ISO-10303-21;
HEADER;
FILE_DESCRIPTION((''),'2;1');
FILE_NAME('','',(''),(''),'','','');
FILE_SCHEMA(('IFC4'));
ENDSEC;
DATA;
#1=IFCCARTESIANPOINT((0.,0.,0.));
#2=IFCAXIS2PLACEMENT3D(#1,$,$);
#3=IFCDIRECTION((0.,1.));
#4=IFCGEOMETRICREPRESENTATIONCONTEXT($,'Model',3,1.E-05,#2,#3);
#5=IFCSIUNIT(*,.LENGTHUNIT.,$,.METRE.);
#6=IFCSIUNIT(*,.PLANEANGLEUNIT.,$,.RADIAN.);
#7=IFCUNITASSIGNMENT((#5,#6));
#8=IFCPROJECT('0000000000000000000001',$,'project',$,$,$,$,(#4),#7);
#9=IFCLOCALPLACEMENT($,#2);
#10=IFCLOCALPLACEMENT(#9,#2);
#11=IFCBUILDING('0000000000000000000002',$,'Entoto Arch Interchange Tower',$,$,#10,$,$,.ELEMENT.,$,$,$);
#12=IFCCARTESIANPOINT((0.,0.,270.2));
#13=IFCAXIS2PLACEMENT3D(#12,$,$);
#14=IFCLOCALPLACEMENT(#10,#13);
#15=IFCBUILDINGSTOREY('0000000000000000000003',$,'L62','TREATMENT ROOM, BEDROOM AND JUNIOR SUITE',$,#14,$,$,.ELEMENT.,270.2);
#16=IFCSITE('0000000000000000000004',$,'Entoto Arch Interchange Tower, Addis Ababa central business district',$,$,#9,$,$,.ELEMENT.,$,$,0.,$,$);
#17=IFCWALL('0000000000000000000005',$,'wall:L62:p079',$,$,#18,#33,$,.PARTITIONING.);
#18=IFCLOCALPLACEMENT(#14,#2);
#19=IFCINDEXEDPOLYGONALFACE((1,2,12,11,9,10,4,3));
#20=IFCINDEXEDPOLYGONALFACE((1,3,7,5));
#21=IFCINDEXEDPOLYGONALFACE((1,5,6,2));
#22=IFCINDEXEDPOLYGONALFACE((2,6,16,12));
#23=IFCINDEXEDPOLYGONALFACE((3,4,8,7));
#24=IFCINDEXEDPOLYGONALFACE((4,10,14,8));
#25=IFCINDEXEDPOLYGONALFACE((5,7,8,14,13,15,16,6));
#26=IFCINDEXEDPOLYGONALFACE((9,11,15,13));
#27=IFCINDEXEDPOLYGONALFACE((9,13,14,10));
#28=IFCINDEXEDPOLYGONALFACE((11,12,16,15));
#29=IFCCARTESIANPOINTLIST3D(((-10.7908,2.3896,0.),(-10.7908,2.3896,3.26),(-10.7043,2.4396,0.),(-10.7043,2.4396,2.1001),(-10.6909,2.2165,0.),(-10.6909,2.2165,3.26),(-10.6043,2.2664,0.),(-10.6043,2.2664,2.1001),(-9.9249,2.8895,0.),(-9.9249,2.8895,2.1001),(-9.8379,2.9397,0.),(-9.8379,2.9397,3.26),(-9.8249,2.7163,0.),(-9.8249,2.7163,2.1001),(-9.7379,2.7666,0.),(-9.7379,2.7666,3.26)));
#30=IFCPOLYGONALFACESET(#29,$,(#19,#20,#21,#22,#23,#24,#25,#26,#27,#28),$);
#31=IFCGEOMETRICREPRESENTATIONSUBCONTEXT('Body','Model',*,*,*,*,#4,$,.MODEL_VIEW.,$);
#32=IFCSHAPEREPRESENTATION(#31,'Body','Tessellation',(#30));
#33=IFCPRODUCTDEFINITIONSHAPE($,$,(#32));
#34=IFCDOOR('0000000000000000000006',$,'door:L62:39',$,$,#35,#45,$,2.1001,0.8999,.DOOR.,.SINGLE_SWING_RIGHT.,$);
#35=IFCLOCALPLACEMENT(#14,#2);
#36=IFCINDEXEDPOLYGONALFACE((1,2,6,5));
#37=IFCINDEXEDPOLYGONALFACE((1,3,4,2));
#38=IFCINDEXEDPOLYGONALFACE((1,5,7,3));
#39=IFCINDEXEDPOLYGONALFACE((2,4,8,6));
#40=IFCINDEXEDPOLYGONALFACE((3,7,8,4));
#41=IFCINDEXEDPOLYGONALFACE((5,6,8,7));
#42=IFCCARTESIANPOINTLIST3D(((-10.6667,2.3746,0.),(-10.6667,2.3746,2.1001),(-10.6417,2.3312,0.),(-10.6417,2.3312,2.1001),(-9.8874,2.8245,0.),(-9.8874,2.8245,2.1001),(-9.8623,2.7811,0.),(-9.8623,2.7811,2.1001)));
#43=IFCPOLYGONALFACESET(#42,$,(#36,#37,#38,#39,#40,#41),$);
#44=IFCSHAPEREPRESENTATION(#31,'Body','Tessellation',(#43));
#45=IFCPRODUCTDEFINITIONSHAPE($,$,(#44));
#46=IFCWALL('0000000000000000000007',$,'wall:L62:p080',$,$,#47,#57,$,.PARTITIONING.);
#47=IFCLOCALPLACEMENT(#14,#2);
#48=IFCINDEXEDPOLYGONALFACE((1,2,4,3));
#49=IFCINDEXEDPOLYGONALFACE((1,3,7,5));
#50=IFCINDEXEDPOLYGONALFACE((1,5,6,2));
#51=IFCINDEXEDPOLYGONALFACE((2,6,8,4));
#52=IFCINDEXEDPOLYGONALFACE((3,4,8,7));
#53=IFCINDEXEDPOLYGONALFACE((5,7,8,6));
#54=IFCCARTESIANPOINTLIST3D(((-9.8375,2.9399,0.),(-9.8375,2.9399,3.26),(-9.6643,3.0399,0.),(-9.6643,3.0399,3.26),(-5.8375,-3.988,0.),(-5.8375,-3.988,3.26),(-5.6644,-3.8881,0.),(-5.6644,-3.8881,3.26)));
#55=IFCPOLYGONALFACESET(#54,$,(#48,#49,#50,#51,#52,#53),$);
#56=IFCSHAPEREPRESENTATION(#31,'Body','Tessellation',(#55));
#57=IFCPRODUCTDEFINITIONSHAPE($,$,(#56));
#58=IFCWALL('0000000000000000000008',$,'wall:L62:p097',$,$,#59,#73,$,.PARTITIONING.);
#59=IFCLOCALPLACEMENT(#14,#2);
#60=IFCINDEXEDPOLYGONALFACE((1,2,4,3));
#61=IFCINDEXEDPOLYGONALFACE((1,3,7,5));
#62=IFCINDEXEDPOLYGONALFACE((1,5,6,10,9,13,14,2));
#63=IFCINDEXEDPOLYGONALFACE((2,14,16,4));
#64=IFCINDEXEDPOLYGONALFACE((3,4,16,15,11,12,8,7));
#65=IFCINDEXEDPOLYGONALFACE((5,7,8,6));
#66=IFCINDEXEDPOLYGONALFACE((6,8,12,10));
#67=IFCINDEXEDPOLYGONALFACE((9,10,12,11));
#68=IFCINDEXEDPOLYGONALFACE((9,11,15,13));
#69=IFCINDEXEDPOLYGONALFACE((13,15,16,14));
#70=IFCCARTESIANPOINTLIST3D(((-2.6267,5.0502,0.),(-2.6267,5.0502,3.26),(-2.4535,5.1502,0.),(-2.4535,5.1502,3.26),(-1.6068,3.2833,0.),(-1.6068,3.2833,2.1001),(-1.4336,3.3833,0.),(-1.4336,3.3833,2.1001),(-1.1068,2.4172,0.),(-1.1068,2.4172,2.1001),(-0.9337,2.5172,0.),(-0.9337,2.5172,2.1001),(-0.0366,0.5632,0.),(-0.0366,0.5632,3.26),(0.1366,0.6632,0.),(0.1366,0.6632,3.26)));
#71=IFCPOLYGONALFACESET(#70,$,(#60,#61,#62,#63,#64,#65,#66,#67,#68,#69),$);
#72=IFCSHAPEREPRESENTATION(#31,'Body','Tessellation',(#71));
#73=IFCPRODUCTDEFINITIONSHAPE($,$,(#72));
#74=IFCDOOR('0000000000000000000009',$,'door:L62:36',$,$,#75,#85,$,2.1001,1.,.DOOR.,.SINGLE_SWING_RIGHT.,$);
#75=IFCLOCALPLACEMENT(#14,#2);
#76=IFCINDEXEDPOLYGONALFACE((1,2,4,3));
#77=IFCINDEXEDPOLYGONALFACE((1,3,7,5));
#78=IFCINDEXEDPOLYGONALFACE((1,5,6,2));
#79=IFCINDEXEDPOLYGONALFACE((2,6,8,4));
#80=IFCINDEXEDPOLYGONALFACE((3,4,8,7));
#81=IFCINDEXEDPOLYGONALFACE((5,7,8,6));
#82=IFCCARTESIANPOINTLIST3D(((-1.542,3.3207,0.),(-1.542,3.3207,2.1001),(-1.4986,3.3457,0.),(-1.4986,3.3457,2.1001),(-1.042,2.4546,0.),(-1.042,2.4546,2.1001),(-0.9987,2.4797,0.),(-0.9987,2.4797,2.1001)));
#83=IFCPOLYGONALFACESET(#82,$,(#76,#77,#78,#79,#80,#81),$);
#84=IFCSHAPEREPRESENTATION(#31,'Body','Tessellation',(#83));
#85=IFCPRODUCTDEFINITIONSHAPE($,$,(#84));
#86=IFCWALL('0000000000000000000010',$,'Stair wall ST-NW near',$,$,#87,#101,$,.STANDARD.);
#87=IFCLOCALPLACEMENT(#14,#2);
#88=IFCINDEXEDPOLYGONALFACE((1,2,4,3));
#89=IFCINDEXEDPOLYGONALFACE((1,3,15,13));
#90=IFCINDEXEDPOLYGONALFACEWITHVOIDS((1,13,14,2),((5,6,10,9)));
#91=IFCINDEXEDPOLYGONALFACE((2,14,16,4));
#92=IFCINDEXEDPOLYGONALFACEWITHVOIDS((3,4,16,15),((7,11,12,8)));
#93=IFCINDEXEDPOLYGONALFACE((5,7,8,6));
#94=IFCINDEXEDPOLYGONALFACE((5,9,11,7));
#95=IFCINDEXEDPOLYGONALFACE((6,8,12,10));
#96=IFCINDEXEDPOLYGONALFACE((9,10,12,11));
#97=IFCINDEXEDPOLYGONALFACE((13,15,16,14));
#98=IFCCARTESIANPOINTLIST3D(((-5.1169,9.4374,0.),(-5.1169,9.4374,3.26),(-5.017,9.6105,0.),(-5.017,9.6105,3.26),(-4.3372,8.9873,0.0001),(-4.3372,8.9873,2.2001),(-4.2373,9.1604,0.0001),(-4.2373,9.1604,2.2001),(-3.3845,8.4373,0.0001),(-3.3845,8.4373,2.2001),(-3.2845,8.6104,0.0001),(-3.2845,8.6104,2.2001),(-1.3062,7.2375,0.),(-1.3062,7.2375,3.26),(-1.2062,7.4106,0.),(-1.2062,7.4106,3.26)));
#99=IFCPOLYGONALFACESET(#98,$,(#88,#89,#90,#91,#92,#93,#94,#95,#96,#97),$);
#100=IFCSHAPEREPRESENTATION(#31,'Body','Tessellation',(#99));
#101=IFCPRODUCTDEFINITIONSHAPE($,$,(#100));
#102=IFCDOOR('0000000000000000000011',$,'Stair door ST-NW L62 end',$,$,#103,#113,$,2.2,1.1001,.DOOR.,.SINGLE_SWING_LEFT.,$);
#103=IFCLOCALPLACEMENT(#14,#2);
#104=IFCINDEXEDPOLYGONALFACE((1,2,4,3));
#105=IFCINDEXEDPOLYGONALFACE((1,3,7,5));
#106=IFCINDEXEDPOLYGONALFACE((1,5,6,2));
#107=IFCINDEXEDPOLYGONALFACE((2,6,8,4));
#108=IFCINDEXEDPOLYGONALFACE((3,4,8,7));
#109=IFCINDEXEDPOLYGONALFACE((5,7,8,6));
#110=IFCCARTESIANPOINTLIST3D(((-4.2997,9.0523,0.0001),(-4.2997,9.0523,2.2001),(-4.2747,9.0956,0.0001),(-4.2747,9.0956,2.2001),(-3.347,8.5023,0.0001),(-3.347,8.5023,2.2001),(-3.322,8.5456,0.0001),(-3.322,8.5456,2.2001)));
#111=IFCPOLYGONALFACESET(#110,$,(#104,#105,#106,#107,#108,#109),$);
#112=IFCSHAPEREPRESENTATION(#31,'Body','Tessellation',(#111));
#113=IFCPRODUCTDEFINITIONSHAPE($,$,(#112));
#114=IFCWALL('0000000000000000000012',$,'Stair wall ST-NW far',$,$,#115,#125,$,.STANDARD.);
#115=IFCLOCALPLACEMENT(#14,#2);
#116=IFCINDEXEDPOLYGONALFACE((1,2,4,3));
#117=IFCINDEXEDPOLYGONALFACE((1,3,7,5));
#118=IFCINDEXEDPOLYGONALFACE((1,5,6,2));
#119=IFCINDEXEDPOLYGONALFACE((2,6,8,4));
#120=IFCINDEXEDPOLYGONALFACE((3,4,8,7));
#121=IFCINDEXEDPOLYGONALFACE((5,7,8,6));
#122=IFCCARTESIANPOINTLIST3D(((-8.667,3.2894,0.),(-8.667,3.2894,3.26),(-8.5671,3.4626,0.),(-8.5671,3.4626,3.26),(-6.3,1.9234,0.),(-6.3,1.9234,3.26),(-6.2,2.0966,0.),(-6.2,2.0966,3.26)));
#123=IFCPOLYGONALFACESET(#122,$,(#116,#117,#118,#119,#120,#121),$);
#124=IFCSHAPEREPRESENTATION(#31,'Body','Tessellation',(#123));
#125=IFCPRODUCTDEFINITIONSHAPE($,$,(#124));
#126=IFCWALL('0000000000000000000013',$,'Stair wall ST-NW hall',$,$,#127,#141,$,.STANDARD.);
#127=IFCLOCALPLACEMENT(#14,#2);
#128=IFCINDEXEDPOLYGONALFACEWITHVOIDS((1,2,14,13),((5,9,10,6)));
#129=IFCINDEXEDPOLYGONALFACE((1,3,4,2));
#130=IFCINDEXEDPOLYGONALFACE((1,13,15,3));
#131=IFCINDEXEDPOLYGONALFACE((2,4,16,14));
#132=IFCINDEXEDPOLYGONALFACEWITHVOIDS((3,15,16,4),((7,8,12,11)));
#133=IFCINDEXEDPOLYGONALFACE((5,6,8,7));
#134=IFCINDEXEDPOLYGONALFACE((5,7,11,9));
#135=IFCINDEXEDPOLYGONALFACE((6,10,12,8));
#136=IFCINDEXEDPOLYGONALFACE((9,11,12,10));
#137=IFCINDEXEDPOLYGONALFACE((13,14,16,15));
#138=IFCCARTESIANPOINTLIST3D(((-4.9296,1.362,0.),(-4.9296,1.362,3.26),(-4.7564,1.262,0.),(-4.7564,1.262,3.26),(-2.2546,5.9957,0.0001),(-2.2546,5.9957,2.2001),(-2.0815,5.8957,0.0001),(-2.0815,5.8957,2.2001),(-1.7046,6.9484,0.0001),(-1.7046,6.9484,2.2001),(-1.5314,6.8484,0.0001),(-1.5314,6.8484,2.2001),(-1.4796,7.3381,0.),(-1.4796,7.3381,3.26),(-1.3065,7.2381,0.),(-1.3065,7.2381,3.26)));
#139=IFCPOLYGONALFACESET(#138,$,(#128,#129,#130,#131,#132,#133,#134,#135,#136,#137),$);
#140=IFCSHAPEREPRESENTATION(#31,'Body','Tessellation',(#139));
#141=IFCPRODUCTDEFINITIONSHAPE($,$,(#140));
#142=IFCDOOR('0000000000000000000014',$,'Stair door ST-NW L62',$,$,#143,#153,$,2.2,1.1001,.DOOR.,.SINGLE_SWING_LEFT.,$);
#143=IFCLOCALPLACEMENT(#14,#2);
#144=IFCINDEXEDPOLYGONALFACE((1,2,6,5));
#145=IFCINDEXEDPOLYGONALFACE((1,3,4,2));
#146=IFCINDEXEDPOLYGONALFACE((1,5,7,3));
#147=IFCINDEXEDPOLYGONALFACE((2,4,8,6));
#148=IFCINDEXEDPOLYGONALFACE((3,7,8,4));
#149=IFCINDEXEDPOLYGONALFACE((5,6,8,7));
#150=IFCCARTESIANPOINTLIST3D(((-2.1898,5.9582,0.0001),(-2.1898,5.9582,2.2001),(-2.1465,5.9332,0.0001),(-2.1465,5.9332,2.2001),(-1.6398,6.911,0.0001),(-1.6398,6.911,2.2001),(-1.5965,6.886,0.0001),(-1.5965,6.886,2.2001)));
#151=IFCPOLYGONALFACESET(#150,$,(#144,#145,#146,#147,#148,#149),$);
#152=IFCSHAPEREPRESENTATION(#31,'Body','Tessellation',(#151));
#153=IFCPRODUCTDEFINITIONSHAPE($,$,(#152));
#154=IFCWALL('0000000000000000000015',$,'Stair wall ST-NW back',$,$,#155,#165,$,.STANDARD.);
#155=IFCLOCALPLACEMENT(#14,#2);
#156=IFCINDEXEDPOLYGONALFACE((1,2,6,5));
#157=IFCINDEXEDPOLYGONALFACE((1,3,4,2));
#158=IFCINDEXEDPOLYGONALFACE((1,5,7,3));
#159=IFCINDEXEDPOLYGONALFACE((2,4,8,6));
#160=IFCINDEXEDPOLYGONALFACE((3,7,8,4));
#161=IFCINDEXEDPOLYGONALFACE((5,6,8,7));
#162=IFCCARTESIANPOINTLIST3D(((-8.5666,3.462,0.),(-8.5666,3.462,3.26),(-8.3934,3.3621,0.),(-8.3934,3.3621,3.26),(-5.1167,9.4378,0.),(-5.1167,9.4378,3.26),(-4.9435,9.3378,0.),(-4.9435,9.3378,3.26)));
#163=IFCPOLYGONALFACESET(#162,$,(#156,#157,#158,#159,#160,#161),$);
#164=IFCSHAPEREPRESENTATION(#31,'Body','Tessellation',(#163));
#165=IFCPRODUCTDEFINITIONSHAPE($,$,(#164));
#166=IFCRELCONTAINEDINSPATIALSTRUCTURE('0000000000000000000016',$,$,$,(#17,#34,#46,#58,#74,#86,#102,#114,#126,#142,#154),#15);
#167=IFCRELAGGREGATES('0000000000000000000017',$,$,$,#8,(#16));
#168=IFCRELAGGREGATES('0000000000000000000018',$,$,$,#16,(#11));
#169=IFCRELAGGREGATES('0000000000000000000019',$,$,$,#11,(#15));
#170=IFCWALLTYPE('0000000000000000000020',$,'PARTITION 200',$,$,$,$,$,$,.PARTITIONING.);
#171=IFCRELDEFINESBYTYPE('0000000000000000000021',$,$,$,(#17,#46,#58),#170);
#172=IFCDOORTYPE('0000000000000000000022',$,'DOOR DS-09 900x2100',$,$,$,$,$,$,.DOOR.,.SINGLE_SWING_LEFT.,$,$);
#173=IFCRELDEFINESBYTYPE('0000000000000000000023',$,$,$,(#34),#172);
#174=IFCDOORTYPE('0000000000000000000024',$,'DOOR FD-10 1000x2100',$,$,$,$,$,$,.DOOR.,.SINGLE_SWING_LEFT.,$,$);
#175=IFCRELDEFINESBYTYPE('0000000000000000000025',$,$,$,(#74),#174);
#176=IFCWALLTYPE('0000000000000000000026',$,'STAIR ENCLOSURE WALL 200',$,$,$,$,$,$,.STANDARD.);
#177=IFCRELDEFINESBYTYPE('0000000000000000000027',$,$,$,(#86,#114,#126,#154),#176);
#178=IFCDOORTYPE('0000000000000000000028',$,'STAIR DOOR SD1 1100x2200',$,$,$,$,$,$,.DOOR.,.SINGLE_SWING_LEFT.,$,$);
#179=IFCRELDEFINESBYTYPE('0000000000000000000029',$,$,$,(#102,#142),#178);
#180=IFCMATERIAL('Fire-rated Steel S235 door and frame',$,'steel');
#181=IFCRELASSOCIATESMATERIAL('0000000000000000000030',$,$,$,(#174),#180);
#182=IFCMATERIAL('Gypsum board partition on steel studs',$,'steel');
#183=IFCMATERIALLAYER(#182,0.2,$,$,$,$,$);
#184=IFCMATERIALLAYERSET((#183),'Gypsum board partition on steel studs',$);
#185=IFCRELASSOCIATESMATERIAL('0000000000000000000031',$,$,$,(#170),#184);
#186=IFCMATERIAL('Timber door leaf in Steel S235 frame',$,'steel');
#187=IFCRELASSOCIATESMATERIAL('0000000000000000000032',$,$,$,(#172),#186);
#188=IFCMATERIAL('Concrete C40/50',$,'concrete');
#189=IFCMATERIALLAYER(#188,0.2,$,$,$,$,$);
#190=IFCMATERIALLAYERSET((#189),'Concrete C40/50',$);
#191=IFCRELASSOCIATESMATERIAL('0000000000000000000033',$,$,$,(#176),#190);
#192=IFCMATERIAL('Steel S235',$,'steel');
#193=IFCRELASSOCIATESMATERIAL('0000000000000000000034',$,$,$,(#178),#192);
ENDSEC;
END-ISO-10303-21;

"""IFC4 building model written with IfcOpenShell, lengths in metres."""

from ifc_helpers import new_model, si_unit, direction, frame, frame_2d, origin, place, context, subcontext, project, spatial, rectangle, extrude, material, layer, layer_set, type_object, element, fill, save


model = new_model("IFC4")

# Units and contexts
model_context = context("Model", 3, precision=1e-05, world=origin(), true_north=direction((0.0, 1.0)))
body_context = subcontext(model_context, "Body", "Model", "MODEL_VIEW")
ifc_project = project(units=[si_unit("LENGTHUNIT", "METRE"), si_unit("PLANEANGLEUNIT", "RADIAN")], contexts=[model_context])

# Site, building, storey
site_placement = place(None, origin())
site = spatial("IfcSite", under=ifc_project, at=site_placement, Name="Entoto Arch Interchange Tower, Addis Ababa central business district", CompositionType="ELEMENT", RefElevation=0.0)
building_placement = place(site_placement, origin())
building = spatial("IfcBuilding", under=site, at=building_placement, Name="Entoto Arch Interchange Tower", CompositionType="ELEMENT")
storey_placement = place(building_placement, frame((0.0, 0.0, 270.2)))
storey = spatial("IfcBuildingStorey", under=building, at=storey_placement, Name="L62", Description="TREATMENT ROOM, BEDROOM AND JUNIOR SUITE", CompositionType="ELEMENT", Elevation=270.2)

# Shared definitions
ifc_material_1 = material(Name="Concrete C40/50", Category="concrete")

# Shared definitions
ifc_material_2 = material(Name="Fire-rated Steel S235 door and frame", Category="steel")
door_type_1 = type_object("IfcDoorType", Name="DOOR FD-10 1000x2100", OperationType="SINGLE_SWING_LEFT", PredefinedType="DOOR", material=ifc_material_2)

# Wall, opening, door
ifc_material_3 = material(Name="Gypsum board partition on steel studs", Category="steel")
ifc_layer_1 = layer(ifc_material_3, 0.2)
ifc_layer_set_1 = layer_set([ifc_layer_1], Name="Gypsum board partition on steel studs")
wall_type_1 = type_object("IfcWallType", Name="PARTITION 200", PredefinedType="PARTITIONING", material=ifc_layer_set_1)
ifc_material_4 = material(Name="Timber door leaf in Steel S235 frame", Category="steel")
wall_1_placement = place(storey_placement, frame((-10.741, 2.303, 0.0), z_axis=(0.0, 0.0, 1.0), x_axis=(0.866064, 0.499934, 0.0)))
wall_1 = element("IfcWall", 1, at=wall_1_placement, inside=storey, type_object=wall_type_1, Name="wall:L62:p079", PredefinedType="PARTITIONING", context=body_context, shape_type="SweptSolid", body=[
    extrude(rectangle(XDim=1.1003, YDim=0.2, at=frame_2d((0.5503, 0.0))), origin(), (0.0, 0.0, 1.0), 3.26),
])
opening_1_placement = place(wall_1_placement, frame((0.1001, 0.0, 0.0)))
opening_1 = element("IfcOpeningElement", 2, at=opening_1_placement, cuts=wall_1, PredefinedType="OPENING", context=body_context, shape_type="SweptSolid", body=[
    extrude(rectangle(XDim=0.8999, YDim=2.1001, at=frame_2d((0.45, 1.05))), frame((0.0, 0.1099, 0.0), z_axis=(0.0, -1.0, 0.0), x_axis=(1.0, 0.0, 0.0)), (0.0, 0.0, 1.0), 0.22),
])
door_type_2 = type_object("IfcDoorType", Name="DOOR DS-09 900x2100", OperationType="SINGLE_SWING_LEFT", PredefinedType="DOOR", material=ifc_material_4)
door_1_placement = place(opening_1_placement, origin())
door_1 = element("IfcDoor", 3, at=door_1_placement, inside=storey, type_object=door_type_2, Name="door:L62:39", OperationType="SINGLE_SWING_RIGHT", OverallHeight=2.1001, OverallWidth=0.8999, PredefinedType="DOOR", context=body_context, shape_type="SweptSolid", body=[
    extrude(rectangle(XDim=0.8999, YDim=2.1001, at=frame_2d((0.45, 1.05))), frame((0.0, 0.0249, 0.0), z_axis=(0.0, -1.0, 0.0), x_axis=(1.0, 0.0, 0.0)), (0.0, 0.0, 1.0), 0.05),
])
fill(opening_1, door_1)

# Wall
wall_2_placement = place(storey_placement, frame((-9.751, 2.99, 0.0), z_axis=(0.0, 0.0, 1.0), x_axis=(0.500012, -0.866018, 0.0)))
element("IfcWall", 4, at=wall_2_placement, inside=storey, type_object=wall_type_1, Name="wall:L62:p080", PredefinedType="PARTITIONING", context=body_context, shape_type="SweptSolid", body=[
    extrude(rectangle(XDim=7.9998, YDim=0.2, at=frame_2d((4.0, 0.0))), origin(), (0.0, 0.0, 1.0), 3.26),
])

# Walls, openings, doors
wall_3_placement = place(storey_placement, frame((-2.54, 5.1001, 0.0), z_axis=(0.0, 0.0, 1.0), x_axis=(0.499925, -0.866069, 0.0)))
wall_3 = element("IfcWall", 5, at=wall_3_placement, inside=storey, type_object=wall_type_1, Name="wall:L62:p097", PredefinedType="PARTITIONING", context=body_context, shape_type="SweptSolid", body=[
    extrude(rectangle(XDim=5.1809, YDim=0.2, at=frame_2d((2.5903, 0.0))), origin(), (0.0, 0.0, 1.0), 3.26),
])
opening_2_placement = place(wall_3_placement, frame((2.04, 0.0, 0.0)))
opening_2 = element("IfcOpeningElement", 6, at=opening_2_placement, cuts=wall_3, PredefinedType="OPENING", context=body_context, shape_type="SweptSolid", body=[
    extrude(rectangle(XDim=1.0, YDim=2.1001, at=frame_2d((0.5, 1.05))), frame((0.0, 0.1099, 0.0), z_axis=(0.0, -1.0, 0.0), x_axis=(1.0, 0.0, 0.0)), (0.0, 0.0, 1.0), 0.22),
])
door_2_placement = place(opening_2_placement, origin())
door_2 = element("IfcDoor", 7, at=door_2_placement, inside=storey, type_object=door_type_1, Name="door:L62:36", OperationType="SINGLE_SWING_RIGHT", OverallHeight=2.1001, OverallWidth=1.0, PredefinedType="DOOR", context=body_context, shape_type="SweptSolid", body=[
    extrude(rectangle(XDim=1.0, YDim=2.1001, at=frame_2d((0.5, 1.05))), frame((0.0, 0.0249, 0.0), z_axis=(0.0, -1.0, 0.0), x_axis=(1.0, 0.0, 0.0)), (0.0, 0.0, 1.0), 0.05),
])
fill(opening_2, door_2)
ifc_layer_2 = layer(ifc_material_1, 0.2)
ifc_layer_set_2 = layer_set([ifc_layer_2], Name="Concrete C40/50")
wall_type_2 = type_object("IfcWallType", Name="STAIR ENCLOSURE WALL 200", PredefinedType="STANDARD", material=ifc_layer_set_2)
wall_4_placement = place(storey_placement, frame((-1.2561, 7.324, 0.0), z_axis=(0.0, 0.0, 1.0), x_axis=(-0.866046, 0.499964, 0.0)))
wall_4 = element("IfcWall", 8, at=wall_4_placement, inside=storey, type_object=wall_type_2, Name="Stair wall ST-NW near", PredefinedType="STANDARD", context=body_context, shape_type="SweptSolid", body=[
    extrude(rectangle(XDim=4.4001, YDim=0.2, at=frame_2d((2.2002, 0.0))), origin(), (0.0, 0.0, 1.0), 3.26),
])
opening_3_placement = place(wall_4_placement, frame((2.3999, 0.0, 0.0)))
opening_3 = element("IfcOpeningElement", 9, at=opening_3_placement, cuts=wall_4, PredefinedType="OPENING", context=body_context, shape_type="SweptSolid", body=[
    extrude(rectangle(XDim=1.1001, YDim=2.2, at=frame_2d((0.55, 1.1001))), frame((0.0, 0.1099, 0.0), z_axis=(0.0, -1.0, 0.0), x_axis=(1.0, 0.0, 0.0)), (0.0, 0.0, 1.0), 0.22),
])
ifc_material_5 = material(Name="Steel S235", Category="steel")
door_type_3 = type_object("IfcDoorType", Name="STAIR DOOR SD1 1100x2200", OperationType="SINGLE_SWING_LEFT", PredefinedType="DOOR", material=ifc_material_5)
door_3_placement = place(opening_3_placement, origin())
door_3 = element("IfcDoor", 10, at=door_3_placement, inside=storey, type_object=door_type_3, Name="Stair door ST-NW L62 end", OperationType="SINGLE_SWING_LEFT", OverallHeight=2.2, OverallWidth=1.1001, PredefinedType="DOOR", context=body_context, shape_type="SweptSolid", body=[
    extrude(rectangle(XDim=1.1001, YDim=2.2, at=frame_2d((0.55, 1.1001))), frame((0.0, 0.0249, 0.0), z_axis=(0.0, -1.0, 0.0), x_axis=(1.0, 0.0, 0.0)), (0.0, 0.0, 1.0), 0.05),
])
fill(opening_3, door_3)

# Wall
wall_5_placement = place(storey_placement, frame((-6.25, 2.01, 0.0), z_axis=(0.0, 0.0, 1.0), x_axis=(-0.866119, 0.499838, 0.0)))
element("IfcWall", 11, at=wall_5_placement, inside=storey, type_object=wall_type_2, Name="Stair wall ST-NW far", PredefinedType="STANDARD", context=body_context, shape_type="SweptSolid", body=[
    extrude(rectangle(XDim=2.7329, YDim=0.2, at=frame_2d((1.3665, 0.0))), origin(), (0.0, 0.0, 1.0), 3.26),
])

# Wall, opening, door
wall_6_placement = place(storey_placement, frame((-1.3931, 7.2881, 0.0), z_axis=(0.0, 0.0, 1.0), x_axis=(-0.499963, -0.866047, 0.0)))
wall_6 = element("IfcWall", 12, at=wall_6_placement, inside=storey, type_object=wall_type_2, Name="Stair wall ST-NW hall", PredefinedType="STANDARD", context=body_context, shape_type="SweptSolid", body=[
    extrude(rectangle(XDim=6.9004, YDim=0.2, at=frame_2d((3.4502, 0.0))), origin(), (0.0, 0.0, 1.0), 3.26),
])
opening_4_placement = place(wall_6_placement, frame((0.45, 0.0, 0.0)))
opening_4 = element("IfcOpeningElement", 13, at=opening_4_placement, cuts=wall_6, PredefinedType="OPENING", context=body_context, shape_type="SweptSolid", body=[
    extrude(rectangle(XDim=1.1001, YDim=2.2, at=frame_2d((0.55, 1.1001))), frame((0.0, 0.1099, 0.0), z_axis=(0.0, -1.0, 0.0), x_axis=(1.0, 0.0, 0.0)), (0.0, 0.0, 1.0), 0.22),
])
door_4_placement = place(opening_4_placement, origin())
door_4 = element("IfcDoor", 14, at=door_4_placement, inside=storey, type_object=door_type_3, Name="Stair door ST-NW L62", OperationType="SINGLE_SWING_LEFT", OverallHeight=2.2, OverallWidth=1.1001, PredefinedType="DOOR", context=body_context, shape_type="SweptSolid", body=[
    extrude(rectangle(XDim=1.1001, YDim=2.2, at=frame_2d((0.55, 1.1001))), frame((0.0, 0.0249, 0.0), z_axis=(0.0, -1.0, 0.0), x_axis=(1.0, 0.0, 0.0)), (0.0, 0.0, 1.0), 0.05),
])
fill(opening_4, door_4)

# Wall
wall_7_placement = place(storey_placement, frame((-5.03, 9.3879, 0.0), z_axis=(0.0, 0.0, 1.0), x_axis=(-0.499979, -0.866038, 0.0)))
element("IfcWall", 15, at=wall_7_placement, inside=storey, type_object=wall_type_2, Name="Stair wall ST-NW back", PredefinedType="STANDARD", context=body_context, shape_type="SweptSolid", body=[
    extrude(rectangle(XDim=6.9001, YDim=0.2, at=frame_2d((3.4502, 0.0))), origin(), (0.0, 0.0, 1.0), 3.26),
])

save(model, "model.ifc")
